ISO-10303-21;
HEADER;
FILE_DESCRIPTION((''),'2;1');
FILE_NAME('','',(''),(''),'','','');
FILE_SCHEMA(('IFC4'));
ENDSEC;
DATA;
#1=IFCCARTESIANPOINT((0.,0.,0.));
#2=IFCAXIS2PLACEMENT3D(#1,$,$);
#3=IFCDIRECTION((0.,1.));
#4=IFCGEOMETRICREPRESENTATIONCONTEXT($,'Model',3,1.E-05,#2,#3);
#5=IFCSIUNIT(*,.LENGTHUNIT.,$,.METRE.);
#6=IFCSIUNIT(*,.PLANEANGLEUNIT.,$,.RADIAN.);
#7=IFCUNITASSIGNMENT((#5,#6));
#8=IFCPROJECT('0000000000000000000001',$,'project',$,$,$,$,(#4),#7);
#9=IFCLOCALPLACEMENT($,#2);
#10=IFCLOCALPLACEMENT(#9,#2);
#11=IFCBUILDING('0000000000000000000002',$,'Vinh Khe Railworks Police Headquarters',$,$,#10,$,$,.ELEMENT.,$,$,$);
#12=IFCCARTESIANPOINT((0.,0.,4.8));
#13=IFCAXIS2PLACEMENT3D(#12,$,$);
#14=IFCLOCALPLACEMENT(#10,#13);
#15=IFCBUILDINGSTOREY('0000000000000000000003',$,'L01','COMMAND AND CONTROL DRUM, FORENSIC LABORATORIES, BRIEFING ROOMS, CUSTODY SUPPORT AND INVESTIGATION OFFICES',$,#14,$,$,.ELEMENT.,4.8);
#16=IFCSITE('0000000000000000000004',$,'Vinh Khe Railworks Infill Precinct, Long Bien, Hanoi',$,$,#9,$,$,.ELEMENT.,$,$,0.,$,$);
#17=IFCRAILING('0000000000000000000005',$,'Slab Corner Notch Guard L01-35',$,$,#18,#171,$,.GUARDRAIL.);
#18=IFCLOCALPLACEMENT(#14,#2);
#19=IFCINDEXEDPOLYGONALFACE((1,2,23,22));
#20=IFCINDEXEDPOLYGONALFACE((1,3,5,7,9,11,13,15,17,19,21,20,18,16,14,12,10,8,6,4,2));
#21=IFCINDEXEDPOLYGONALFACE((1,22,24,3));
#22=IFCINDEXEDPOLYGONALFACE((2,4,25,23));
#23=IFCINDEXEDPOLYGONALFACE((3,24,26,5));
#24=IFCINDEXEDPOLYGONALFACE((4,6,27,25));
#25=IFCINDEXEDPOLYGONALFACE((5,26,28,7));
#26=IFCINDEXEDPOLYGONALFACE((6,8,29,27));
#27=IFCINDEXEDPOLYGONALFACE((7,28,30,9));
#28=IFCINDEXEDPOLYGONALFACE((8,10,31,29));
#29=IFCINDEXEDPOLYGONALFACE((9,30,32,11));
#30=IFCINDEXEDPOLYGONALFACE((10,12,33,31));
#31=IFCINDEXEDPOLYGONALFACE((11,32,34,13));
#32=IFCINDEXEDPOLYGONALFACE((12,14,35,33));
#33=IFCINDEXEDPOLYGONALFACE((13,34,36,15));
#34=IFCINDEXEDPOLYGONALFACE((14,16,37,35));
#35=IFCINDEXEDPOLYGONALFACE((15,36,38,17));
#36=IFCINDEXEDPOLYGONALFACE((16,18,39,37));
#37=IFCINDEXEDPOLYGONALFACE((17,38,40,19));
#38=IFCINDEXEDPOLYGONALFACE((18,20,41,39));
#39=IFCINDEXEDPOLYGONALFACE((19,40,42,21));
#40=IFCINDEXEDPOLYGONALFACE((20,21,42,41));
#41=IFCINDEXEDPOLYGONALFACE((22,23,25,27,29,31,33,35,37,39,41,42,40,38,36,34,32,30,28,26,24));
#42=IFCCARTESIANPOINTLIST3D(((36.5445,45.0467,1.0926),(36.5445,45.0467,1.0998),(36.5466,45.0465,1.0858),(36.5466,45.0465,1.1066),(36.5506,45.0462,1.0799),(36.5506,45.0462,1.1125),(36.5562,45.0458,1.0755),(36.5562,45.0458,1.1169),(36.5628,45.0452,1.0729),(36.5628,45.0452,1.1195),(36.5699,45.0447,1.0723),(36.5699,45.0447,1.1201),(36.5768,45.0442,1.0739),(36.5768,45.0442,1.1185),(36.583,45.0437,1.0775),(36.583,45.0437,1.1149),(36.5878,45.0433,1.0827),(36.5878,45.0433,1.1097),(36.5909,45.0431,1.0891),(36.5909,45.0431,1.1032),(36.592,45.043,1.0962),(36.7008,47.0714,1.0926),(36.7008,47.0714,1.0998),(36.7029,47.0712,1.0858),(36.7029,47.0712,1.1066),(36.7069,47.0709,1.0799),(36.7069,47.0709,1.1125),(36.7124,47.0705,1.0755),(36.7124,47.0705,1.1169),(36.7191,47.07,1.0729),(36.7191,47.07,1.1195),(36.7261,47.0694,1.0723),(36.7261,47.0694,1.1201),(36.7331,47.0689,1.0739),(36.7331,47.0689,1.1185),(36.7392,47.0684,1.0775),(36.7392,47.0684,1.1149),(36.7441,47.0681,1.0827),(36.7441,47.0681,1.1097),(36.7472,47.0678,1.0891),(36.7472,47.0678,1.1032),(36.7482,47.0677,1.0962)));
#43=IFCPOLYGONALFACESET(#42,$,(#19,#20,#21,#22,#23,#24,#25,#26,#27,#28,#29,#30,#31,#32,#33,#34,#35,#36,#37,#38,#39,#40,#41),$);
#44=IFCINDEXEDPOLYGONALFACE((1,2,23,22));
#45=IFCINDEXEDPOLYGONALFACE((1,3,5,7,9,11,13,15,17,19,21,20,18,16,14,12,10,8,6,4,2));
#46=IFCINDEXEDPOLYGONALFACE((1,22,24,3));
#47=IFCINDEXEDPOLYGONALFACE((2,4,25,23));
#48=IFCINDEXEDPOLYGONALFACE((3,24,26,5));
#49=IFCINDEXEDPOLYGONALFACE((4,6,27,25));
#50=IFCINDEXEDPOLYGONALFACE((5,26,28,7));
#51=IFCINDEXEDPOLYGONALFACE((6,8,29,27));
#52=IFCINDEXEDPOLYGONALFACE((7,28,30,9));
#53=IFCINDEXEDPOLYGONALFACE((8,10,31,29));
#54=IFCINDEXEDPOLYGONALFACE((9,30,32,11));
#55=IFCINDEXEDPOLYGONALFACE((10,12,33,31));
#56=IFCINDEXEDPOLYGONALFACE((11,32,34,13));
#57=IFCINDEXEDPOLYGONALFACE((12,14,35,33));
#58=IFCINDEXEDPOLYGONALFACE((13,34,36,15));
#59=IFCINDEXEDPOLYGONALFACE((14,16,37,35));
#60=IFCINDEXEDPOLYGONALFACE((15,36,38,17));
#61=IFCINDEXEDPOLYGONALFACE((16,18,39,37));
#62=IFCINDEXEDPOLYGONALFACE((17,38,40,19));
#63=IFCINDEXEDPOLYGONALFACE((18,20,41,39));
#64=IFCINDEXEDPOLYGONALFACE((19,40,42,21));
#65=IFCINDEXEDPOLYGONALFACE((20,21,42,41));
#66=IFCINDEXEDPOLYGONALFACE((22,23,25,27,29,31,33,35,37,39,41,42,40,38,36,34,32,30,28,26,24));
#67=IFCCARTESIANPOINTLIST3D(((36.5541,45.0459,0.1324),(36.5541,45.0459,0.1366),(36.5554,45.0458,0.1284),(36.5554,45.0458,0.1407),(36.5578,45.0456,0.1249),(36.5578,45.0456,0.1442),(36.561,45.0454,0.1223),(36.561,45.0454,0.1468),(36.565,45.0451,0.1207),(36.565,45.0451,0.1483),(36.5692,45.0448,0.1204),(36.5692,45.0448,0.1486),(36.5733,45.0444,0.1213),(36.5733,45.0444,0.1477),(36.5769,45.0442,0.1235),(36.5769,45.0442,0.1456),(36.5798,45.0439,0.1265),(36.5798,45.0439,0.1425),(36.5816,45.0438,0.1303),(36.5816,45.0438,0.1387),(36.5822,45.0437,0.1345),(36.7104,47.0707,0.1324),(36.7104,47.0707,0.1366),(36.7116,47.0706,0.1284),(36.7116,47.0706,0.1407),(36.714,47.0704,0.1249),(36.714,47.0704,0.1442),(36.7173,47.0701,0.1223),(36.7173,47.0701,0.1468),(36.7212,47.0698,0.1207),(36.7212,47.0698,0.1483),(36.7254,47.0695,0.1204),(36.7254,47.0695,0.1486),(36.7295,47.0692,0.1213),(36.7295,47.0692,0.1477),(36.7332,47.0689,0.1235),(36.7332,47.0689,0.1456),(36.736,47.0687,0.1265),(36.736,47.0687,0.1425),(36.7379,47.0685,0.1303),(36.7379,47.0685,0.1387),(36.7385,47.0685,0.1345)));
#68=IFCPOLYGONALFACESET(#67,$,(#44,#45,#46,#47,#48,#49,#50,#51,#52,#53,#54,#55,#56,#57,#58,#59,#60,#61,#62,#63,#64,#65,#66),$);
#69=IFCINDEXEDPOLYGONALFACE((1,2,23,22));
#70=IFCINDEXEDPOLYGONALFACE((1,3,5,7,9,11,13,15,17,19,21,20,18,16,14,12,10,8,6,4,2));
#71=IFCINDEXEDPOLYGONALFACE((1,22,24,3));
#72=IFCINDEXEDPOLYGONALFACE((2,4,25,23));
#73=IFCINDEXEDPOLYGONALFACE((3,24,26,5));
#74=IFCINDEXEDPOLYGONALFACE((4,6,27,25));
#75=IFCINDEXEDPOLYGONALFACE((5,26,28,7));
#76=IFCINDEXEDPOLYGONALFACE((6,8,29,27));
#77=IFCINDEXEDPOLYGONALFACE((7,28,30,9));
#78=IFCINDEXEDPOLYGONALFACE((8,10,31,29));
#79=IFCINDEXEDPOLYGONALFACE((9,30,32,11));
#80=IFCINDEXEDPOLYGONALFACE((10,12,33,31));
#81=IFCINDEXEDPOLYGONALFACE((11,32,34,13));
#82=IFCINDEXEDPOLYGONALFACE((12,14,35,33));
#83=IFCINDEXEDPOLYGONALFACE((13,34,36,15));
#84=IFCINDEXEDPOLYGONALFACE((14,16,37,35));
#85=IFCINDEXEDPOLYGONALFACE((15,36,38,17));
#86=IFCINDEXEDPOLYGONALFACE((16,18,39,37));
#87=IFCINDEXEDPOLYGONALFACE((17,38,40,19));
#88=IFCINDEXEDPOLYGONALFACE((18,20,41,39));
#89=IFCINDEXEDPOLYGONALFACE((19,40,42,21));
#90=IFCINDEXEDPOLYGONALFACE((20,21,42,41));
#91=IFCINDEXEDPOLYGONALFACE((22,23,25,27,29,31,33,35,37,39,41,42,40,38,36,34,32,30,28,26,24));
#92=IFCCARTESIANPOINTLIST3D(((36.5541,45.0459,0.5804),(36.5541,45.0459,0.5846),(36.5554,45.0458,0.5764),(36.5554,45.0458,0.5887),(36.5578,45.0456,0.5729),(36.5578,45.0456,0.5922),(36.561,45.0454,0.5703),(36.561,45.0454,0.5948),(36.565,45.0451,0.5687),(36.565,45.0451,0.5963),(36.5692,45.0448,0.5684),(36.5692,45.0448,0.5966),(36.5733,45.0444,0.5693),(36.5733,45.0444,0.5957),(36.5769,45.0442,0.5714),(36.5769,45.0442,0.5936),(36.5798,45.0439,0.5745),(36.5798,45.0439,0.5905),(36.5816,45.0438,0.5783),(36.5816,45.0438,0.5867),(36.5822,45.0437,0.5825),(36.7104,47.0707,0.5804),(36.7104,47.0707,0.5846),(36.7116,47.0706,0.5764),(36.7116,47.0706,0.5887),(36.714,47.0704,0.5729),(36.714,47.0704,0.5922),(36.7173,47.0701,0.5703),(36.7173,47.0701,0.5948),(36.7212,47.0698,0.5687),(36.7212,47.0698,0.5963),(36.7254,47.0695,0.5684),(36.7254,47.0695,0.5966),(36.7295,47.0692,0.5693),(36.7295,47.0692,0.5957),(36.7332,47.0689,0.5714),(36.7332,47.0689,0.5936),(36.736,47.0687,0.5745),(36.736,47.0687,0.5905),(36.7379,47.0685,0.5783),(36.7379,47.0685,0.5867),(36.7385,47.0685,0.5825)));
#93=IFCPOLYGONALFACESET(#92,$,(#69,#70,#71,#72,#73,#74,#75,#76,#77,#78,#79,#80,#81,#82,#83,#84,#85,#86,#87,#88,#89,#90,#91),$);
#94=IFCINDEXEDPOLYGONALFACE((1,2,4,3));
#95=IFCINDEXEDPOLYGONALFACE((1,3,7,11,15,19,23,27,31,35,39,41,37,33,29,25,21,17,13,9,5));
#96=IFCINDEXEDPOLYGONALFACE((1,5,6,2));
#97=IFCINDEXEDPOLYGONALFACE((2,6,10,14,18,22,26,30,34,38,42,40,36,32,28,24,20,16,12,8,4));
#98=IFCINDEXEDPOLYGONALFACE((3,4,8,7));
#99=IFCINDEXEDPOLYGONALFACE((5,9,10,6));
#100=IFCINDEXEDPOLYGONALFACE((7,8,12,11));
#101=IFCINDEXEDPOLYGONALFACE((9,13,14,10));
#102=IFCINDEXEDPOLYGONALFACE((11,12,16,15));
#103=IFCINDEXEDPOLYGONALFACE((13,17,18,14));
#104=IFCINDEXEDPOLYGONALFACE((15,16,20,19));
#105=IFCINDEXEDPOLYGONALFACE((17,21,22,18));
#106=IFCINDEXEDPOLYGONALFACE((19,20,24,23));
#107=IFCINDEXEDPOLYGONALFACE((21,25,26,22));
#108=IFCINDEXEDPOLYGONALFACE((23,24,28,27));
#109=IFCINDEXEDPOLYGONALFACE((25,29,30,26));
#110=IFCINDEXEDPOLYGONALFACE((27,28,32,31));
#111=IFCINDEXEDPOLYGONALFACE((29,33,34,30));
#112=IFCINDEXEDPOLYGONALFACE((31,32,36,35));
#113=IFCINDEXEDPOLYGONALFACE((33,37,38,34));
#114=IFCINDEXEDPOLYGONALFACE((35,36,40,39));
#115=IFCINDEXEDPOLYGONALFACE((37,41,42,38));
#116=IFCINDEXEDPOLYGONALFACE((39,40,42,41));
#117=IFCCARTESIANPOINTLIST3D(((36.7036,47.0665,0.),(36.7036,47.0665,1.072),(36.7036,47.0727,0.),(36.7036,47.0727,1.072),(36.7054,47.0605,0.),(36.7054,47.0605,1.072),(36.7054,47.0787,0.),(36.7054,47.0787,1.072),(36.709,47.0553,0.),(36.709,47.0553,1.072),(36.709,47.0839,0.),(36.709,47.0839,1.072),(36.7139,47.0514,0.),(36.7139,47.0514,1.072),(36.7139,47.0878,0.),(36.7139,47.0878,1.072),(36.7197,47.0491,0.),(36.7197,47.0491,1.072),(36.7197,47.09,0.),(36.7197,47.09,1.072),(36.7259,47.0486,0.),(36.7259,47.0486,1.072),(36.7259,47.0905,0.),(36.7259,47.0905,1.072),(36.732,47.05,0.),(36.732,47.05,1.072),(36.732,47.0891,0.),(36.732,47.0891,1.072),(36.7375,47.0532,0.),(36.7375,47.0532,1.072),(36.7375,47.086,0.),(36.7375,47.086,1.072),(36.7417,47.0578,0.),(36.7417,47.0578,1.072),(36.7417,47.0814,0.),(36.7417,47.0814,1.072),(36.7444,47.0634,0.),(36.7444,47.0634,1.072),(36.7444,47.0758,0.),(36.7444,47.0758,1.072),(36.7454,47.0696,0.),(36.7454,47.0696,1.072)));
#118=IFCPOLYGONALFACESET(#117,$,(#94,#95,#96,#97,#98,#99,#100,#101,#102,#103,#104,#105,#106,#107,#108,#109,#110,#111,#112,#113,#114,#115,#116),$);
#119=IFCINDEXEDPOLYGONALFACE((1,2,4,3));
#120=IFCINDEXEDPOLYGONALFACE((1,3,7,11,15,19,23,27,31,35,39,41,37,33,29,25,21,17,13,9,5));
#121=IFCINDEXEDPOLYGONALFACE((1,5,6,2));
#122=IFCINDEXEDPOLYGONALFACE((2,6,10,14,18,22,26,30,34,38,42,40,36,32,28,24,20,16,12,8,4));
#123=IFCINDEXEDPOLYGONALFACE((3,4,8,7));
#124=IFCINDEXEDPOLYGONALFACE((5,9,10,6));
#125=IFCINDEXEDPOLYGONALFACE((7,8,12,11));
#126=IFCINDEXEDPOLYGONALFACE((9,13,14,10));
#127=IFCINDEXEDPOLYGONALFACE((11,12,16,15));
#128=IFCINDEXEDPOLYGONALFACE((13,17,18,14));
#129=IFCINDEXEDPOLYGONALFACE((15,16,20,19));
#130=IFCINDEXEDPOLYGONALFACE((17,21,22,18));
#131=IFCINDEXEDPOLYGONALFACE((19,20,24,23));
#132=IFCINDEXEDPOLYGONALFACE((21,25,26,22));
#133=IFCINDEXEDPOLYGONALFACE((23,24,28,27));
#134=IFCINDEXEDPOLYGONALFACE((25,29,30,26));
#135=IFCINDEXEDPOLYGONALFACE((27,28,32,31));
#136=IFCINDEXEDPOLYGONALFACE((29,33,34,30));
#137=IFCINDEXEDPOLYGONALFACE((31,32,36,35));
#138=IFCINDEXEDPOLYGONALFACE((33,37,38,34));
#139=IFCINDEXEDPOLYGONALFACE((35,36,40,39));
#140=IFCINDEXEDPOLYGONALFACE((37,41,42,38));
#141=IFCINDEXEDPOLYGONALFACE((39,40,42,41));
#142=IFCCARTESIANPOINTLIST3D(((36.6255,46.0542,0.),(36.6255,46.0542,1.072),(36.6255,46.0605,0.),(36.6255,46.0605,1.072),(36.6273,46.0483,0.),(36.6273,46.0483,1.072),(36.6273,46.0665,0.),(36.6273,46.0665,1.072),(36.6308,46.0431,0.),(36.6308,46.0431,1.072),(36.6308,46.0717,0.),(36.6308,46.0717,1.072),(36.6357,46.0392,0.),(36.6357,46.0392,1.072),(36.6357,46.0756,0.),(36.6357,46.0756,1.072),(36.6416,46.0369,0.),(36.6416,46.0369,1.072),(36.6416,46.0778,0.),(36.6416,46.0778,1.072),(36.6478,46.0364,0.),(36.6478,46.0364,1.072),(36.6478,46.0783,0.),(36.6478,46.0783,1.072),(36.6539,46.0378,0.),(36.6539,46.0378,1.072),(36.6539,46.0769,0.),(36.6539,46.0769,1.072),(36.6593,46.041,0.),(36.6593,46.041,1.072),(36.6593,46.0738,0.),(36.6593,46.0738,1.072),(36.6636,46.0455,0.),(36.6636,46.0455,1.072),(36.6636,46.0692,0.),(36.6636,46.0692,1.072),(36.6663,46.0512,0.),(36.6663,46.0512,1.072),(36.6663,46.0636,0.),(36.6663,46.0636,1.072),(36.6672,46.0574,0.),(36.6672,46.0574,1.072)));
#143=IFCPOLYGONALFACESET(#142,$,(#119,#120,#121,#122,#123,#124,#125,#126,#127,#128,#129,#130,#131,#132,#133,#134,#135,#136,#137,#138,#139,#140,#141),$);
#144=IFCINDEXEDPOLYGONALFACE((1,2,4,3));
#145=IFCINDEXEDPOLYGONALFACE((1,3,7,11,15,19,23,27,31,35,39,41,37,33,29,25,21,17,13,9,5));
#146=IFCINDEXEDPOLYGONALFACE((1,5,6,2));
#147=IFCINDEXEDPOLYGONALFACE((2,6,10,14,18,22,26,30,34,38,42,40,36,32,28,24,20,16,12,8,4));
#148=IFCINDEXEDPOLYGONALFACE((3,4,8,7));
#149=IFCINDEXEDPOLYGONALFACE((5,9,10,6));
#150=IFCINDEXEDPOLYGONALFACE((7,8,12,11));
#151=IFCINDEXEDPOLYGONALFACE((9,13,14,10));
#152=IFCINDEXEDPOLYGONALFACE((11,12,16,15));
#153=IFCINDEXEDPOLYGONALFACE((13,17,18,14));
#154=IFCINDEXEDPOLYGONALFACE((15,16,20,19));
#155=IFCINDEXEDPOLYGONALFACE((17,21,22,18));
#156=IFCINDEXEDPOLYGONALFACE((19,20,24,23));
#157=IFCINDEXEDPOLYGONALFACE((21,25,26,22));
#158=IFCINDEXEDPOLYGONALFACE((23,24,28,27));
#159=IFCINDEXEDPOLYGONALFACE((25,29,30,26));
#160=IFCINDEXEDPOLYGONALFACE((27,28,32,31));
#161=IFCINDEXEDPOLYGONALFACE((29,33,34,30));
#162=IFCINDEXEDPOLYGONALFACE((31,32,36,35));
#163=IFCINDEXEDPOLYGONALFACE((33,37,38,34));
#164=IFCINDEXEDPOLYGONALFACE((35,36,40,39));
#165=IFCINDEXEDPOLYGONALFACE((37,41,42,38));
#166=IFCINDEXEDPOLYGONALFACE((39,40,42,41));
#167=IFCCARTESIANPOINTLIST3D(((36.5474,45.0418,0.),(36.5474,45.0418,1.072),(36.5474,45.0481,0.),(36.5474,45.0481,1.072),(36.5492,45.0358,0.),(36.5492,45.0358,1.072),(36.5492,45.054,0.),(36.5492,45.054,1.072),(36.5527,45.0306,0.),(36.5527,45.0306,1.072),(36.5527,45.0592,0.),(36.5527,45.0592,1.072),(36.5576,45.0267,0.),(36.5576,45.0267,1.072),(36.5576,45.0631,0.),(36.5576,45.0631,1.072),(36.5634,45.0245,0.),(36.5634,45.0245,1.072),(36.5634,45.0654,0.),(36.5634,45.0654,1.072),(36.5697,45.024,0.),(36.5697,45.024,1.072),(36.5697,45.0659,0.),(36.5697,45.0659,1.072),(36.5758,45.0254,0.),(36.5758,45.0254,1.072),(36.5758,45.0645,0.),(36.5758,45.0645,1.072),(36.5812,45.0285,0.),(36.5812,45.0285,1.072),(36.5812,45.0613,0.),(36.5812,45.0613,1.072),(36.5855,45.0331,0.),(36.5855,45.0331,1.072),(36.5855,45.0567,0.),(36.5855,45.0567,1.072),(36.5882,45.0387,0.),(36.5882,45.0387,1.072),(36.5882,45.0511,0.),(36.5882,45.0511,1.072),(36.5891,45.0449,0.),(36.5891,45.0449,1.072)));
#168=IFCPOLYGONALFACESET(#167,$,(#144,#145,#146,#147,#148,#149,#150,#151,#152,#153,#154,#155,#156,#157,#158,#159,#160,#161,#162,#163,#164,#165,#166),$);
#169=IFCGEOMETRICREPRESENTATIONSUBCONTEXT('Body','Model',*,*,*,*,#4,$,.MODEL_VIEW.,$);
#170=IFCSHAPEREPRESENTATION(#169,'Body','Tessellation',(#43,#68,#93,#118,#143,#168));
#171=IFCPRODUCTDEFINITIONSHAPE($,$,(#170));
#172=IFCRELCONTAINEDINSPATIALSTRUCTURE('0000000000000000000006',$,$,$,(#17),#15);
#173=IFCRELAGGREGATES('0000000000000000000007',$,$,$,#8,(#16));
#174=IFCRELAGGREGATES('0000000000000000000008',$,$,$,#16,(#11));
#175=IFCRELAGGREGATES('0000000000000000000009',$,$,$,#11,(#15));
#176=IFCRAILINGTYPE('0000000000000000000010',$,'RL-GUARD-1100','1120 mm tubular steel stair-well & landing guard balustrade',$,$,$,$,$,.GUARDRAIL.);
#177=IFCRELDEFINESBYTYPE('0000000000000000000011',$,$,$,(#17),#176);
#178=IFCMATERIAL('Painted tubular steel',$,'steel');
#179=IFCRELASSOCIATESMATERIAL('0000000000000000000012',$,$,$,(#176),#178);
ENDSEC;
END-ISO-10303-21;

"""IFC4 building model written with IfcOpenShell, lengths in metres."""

from ifc_helpers import new_model, si_unit, direction, frame, origin, origin_2d, place, context, subcontext, project, spatial, circle, extrude, material, type_object, element, save


model = new_model("IFC4")

# Units and contexts
model_context = context("Model", 3, precision=1e-05, world=origin(), true_north=direction((0.0, 1.0)))
body_context = subcontext(model_context, "Body", "Model", "MODEL_VIEW")
ifc_project = project(units=[si_unit("LENGTHUNIT", "METRE"), si_unit("PLANEANGLEUNIT", "RADIAN")], contexts=[model_context])

# Site, building, storey
site_placement = place(None, origin())
site = spatial("IfcSite", under=ifc_project, at=site_placement, Name="Vinh Khe Railworks Infill Precinct, Long Bien, Hanoi", CompositionType="ELEMENT", RefElevation=0.0)
building_placement = place(site_placement, origin())
building = spatial("IfcBuilding", under=site, at=building_placement, Name="Vinh Khe Railworks Police Headquarters", CompositionType="ELEMENT")
storey_placement = place(building_placement, frame((0.0, 0.0, 4.8)))
storey = spatial("IfcBuildingStorey", under=building, at=storey_placement, Name="L01", Description="COMMAND AND CONTROL DRUM, FORENSIC LABORATORIES, BRIEFING ROOMS, CUSTODY SUPPORT AND INVESTIGATION OFFICES", CompositionType="ELEMENT", Elevation=4.8)

# Railing
ifc_material_1 = material(Name="Painted tubular steel", Category="steel")
railing_type = type_object("IfcRailingType", Name="RL-GUARD-1100", Description="1120 mm tubular steel stair-well & landing guard balustrade", PredefinedType="GUARDRAIL", material=ifc_material_1)
railing_placement = place(storey_placement, frame((36.7244, 47.0696, 0.0)))
element("IfcRailing", 1, at=railing_placement, inside=storey, type_object=railing_type, Name="Slab Corner Notch Guard L01-35", PredefinedType="GUARDRAIL", context=body_context, shape_type="SweptSolid", body=[
    extrude(circle(Radius=0.0239, at=origin_2d()), frame((0.0, 0.0, 1.0962), z_axis=(-0.076945, -0.997035, 0.0), x_axis=(0.997035, -0.076945, 0.0)), (0.0, 0.0, 1.0), 2.0308),
    extrude(circle(Radius=0.0142, at=origin_2d()), frame((0.0, 0.0, 0.1345), z_axis=(-0.076945, -0.997035, 0.0), x_axis=(0.997035, -0.076945, 0.0)), (0.0, 0.0, 1.0), 2.0308),
    extrude(circle(Radius=0.0142, at=origin_2d()), frame((0.0, 0.0, 0.5825), z_axis=(-0.076945, -0.997035, 0.0), x_axis=(0.997035, -0.076945, 0.0)), (0.0, 0.0, 1.0), 2.0308),
    extrude(circle(Radius=0.021, at=origin_2d()), origin(), (0.0, 0.0, 1.0), 1.072),
    extrude(circle(Radius=0.021, at=origin_2d()), frame((-0.0781, -1.0122, 0.0)), (0.0, 0.0, 1.0), 1.072),
    extrude(circle(Radius=0.021, at=origin_2d()), frame((-0.1562, -2.0247, 0.0)), (0.0, 0.0, 1.0), 1.072),
])

save(model, "model.ifc")
